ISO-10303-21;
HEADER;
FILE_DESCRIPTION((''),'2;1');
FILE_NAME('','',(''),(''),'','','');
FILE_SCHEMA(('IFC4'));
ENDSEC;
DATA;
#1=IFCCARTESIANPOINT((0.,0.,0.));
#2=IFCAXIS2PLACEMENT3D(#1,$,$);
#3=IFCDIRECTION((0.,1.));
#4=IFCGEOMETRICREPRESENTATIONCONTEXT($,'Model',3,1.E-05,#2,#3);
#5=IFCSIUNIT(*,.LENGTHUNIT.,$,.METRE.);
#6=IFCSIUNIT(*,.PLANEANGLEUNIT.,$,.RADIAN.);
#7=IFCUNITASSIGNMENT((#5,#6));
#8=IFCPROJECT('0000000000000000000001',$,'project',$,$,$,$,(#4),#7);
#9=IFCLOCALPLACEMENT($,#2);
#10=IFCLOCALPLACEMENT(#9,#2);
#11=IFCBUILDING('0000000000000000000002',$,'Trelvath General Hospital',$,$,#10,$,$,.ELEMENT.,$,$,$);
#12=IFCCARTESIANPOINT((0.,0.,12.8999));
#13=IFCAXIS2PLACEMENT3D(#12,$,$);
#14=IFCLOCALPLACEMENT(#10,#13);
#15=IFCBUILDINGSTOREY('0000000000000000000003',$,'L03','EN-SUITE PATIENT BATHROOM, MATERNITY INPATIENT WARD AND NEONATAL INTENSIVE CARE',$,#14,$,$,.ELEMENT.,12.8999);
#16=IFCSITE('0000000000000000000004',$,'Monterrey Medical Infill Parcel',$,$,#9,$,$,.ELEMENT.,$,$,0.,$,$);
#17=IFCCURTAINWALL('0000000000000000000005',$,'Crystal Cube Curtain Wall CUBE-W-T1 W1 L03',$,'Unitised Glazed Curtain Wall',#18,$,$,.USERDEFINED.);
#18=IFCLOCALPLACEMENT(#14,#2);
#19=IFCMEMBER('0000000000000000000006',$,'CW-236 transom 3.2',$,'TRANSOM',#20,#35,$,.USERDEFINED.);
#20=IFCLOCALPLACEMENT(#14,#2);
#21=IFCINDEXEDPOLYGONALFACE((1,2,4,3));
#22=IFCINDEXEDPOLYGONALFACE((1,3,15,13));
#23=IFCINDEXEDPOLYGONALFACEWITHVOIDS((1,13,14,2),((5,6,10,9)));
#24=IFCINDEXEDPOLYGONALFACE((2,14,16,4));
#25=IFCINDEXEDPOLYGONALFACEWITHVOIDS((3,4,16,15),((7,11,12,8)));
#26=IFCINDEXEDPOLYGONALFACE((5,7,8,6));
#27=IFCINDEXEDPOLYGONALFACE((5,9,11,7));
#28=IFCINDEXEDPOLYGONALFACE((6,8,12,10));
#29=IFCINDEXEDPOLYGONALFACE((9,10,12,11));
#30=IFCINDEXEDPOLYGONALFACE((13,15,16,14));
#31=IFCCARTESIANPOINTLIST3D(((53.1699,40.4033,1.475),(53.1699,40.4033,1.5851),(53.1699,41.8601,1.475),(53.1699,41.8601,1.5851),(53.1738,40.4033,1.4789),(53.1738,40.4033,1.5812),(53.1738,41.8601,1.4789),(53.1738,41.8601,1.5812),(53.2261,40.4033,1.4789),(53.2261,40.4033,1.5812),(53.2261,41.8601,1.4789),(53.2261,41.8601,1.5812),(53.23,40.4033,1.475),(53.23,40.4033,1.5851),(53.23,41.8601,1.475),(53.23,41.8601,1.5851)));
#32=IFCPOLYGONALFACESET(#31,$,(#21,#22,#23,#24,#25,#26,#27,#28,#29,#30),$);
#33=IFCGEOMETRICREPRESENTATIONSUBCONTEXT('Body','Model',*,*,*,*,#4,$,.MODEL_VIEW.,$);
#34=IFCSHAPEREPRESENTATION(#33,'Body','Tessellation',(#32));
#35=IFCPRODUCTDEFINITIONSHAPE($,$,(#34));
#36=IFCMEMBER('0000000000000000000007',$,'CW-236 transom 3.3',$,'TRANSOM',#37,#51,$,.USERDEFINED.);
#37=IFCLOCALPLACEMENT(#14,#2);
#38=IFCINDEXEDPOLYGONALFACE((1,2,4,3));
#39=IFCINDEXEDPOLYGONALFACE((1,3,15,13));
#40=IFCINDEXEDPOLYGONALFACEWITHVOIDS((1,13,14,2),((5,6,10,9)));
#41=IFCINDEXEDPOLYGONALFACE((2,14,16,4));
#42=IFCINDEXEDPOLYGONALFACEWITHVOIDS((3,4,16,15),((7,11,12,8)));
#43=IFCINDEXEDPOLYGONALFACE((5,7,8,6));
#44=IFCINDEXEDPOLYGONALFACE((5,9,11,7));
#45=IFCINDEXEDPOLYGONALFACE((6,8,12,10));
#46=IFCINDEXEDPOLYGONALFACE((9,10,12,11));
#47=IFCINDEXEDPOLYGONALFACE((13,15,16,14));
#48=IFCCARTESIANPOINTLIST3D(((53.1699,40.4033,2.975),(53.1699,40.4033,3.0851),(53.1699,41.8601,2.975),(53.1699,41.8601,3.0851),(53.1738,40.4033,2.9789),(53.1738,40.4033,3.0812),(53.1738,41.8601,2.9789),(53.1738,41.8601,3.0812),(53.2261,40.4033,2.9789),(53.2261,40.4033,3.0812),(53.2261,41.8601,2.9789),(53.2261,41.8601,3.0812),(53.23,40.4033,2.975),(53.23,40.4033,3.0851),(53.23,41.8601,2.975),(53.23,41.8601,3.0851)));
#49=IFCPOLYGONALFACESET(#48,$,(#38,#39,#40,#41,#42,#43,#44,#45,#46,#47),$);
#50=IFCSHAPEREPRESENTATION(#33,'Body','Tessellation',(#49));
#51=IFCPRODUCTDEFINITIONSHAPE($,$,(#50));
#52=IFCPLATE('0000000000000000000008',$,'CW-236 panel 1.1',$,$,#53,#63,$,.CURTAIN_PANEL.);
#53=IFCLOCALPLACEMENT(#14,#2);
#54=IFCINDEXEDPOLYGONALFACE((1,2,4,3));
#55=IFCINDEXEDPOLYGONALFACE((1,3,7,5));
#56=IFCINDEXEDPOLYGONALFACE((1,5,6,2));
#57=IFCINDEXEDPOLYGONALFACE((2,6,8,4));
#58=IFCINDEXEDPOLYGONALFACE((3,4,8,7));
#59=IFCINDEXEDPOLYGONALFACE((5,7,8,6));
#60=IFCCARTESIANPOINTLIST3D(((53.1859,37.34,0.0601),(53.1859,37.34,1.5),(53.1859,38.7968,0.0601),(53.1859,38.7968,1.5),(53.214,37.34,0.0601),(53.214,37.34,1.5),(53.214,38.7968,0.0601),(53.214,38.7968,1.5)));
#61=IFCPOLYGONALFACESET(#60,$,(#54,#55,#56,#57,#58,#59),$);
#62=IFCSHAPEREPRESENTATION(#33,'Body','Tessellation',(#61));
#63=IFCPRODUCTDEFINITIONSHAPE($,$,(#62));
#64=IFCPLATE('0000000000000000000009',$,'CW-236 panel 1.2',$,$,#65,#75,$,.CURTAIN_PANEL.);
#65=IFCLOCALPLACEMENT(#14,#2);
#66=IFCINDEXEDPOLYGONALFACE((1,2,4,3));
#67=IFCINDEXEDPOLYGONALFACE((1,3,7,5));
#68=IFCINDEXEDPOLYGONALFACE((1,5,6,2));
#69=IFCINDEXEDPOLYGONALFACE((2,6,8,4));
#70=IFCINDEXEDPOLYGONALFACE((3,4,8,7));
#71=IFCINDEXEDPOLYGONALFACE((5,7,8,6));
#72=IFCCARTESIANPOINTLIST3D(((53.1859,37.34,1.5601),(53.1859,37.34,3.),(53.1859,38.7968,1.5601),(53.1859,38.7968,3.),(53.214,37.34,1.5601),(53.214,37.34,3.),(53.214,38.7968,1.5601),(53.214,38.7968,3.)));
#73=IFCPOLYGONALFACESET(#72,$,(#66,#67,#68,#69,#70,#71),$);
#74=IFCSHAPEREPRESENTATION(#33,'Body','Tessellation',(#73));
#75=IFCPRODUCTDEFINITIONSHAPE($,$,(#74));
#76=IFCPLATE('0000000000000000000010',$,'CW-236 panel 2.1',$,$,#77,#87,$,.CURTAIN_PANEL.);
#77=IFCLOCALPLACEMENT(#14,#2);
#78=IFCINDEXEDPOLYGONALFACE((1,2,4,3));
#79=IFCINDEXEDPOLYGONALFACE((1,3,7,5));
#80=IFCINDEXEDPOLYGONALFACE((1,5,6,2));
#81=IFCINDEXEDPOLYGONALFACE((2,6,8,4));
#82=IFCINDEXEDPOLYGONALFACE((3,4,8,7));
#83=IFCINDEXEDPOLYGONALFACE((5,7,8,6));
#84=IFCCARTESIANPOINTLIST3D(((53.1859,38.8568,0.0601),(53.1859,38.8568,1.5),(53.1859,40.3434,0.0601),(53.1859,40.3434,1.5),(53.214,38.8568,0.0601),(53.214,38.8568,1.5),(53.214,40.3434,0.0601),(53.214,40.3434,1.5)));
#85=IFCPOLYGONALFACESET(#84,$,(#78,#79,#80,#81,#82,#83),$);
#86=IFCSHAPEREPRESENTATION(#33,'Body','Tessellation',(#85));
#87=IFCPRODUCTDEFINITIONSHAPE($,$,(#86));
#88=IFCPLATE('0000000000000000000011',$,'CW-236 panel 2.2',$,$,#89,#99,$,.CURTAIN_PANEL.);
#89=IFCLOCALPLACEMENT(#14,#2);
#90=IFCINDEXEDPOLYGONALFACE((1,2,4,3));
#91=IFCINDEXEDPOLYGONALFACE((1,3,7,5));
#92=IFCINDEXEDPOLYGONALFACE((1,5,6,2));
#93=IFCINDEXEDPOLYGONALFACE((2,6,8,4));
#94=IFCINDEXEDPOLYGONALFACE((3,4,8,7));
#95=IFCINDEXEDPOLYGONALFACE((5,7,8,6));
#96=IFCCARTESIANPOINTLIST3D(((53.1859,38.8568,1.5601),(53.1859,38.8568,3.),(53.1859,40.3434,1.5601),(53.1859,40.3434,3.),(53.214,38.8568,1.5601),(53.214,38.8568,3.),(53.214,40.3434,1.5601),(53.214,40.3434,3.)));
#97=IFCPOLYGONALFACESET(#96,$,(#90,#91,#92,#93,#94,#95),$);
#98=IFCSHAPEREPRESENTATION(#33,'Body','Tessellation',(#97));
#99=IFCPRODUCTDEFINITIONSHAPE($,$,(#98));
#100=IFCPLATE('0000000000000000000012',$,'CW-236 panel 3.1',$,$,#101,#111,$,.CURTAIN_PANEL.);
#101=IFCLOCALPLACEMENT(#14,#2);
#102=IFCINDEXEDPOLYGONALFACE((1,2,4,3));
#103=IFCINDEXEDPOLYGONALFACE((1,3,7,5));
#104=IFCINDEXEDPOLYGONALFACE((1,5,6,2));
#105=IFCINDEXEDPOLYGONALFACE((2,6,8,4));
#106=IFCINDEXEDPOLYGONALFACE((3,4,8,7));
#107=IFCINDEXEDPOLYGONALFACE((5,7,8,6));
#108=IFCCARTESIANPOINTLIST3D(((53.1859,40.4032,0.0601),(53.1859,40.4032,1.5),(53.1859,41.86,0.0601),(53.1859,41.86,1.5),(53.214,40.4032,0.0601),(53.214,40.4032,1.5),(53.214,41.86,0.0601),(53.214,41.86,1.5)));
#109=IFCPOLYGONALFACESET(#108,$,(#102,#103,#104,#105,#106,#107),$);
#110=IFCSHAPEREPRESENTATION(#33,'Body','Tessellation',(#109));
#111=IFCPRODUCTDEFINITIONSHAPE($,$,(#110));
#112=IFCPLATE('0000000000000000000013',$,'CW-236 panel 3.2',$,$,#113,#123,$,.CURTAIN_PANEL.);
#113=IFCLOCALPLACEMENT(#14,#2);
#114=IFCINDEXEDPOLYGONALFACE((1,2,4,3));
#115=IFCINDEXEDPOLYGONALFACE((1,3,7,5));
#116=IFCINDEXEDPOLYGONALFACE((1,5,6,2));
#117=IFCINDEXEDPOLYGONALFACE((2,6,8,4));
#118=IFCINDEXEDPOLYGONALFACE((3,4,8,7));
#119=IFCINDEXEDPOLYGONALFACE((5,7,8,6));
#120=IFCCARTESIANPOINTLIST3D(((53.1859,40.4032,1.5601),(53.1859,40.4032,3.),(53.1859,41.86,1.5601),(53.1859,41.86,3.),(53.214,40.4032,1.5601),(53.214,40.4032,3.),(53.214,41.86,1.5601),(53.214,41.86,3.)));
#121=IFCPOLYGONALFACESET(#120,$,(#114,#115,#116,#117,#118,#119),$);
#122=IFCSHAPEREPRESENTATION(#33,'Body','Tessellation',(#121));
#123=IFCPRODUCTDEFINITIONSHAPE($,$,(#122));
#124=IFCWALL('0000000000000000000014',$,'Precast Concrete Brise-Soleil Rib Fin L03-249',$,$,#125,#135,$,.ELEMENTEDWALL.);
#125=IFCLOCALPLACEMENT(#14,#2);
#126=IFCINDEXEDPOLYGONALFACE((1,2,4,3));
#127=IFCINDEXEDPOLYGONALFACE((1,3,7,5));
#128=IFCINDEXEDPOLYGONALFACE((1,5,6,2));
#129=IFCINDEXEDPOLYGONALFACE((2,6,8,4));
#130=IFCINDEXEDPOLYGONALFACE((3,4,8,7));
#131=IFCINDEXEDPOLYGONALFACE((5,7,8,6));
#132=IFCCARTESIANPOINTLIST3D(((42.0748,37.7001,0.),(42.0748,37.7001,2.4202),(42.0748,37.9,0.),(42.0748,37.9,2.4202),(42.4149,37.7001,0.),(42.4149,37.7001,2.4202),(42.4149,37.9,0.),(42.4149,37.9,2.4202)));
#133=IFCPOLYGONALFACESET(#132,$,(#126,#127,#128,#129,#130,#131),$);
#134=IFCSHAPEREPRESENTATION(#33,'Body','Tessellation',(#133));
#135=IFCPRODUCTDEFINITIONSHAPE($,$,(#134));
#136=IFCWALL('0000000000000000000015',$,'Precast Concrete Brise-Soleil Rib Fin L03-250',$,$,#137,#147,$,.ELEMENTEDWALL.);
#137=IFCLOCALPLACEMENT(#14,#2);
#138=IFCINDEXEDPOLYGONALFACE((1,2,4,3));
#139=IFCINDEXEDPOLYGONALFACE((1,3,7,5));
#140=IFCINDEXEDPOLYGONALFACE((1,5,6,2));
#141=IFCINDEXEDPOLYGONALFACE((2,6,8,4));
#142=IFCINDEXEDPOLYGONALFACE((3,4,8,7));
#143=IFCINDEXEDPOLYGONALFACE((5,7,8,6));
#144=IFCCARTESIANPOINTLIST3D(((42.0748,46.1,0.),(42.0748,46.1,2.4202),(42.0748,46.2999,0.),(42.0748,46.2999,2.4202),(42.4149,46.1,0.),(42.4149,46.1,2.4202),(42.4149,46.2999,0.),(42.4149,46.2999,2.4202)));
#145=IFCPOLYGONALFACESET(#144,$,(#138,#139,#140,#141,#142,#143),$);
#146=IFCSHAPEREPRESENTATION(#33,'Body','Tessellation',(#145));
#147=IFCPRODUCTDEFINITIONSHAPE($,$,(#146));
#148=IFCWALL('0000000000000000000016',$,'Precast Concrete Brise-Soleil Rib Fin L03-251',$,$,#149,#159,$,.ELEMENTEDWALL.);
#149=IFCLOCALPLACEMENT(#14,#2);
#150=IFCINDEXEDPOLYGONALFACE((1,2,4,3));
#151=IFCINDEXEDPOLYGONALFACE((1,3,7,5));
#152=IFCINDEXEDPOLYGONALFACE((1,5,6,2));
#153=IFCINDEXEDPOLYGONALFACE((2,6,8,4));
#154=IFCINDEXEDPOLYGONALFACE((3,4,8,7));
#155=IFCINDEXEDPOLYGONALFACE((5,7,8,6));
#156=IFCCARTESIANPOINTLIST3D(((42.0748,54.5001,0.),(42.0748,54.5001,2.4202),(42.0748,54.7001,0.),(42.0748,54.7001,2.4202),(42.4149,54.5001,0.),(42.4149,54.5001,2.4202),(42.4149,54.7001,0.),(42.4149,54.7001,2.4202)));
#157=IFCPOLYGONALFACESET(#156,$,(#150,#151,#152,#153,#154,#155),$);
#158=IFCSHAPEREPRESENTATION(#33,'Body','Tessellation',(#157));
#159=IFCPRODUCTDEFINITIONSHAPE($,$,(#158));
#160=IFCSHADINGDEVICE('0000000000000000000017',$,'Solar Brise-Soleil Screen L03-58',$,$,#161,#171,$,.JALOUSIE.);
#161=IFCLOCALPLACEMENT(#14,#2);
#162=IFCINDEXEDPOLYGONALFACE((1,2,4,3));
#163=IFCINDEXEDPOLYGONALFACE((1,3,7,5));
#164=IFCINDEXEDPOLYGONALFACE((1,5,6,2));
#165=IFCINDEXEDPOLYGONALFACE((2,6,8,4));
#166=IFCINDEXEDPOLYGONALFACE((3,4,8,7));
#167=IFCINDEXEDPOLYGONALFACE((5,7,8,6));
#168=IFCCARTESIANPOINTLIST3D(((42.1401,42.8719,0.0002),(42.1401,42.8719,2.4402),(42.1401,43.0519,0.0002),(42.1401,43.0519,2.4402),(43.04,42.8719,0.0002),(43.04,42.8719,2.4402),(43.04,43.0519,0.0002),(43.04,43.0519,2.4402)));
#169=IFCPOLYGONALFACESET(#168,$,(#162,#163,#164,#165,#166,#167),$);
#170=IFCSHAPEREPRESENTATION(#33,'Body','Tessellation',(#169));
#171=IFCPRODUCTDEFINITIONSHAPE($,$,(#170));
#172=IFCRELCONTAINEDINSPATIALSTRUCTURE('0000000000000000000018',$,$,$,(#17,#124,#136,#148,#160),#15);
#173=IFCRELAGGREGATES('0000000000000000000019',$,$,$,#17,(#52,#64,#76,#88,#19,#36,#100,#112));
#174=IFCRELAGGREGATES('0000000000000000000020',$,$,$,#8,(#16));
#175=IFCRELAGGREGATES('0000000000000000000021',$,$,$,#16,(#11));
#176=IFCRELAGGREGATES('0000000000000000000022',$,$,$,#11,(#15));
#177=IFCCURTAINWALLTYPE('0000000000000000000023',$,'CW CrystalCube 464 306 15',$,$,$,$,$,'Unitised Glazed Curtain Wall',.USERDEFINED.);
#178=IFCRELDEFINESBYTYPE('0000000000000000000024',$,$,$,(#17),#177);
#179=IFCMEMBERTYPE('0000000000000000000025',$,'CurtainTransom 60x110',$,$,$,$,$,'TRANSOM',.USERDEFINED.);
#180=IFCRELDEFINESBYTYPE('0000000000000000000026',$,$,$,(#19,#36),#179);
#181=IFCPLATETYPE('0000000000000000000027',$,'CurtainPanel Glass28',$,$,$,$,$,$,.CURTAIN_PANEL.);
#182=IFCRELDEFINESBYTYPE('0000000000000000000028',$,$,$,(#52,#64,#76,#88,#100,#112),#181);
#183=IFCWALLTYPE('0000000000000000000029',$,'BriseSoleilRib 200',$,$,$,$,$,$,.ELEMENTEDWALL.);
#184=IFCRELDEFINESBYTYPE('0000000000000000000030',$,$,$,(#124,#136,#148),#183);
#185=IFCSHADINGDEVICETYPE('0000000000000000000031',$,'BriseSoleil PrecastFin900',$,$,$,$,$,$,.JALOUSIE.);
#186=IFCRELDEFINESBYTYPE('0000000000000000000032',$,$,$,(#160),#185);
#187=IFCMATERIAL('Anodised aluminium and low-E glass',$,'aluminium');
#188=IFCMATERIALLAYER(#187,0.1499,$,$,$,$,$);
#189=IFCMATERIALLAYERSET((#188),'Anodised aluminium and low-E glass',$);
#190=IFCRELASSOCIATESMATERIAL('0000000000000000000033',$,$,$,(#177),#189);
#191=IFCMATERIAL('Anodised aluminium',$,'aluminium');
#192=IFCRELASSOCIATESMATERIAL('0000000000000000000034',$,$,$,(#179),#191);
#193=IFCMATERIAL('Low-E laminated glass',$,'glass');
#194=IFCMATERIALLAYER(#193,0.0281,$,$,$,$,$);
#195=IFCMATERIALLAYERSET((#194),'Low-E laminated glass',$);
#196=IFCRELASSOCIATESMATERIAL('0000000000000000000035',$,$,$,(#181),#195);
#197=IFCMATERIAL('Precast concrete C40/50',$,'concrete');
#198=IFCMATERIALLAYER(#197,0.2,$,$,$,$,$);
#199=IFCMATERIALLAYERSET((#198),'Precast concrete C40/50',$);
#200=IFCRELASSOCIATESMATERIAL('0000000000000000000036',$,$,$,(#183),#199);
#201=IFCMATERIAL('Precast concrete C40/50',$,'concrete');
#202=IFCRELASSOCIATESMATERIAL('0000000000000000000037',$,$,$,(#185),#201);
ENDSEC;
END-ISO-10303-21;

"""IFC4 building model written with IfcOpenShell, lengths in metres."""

from ifc_helpers import new_model, si_unit, direction, frame, frame_2d, origin, origin_2d, place, context, subcontext, project, spatial, rectangle, hollow_rectangle, extrude, material, layer, layer_set, material_profile, profile_set, type_object, element, aggregate, save


model = new_model("IFC4")

# Units and contexts
model_context = context("Model", 3, precision=1e-05, world=origin(), true_north=direction((0.0, 1.0)))
body_context = subcontext(model_context, "Body", "Model", "MODEL_VIEW")
ifc_project = project(units=[si_unit("LENGTHUNIT", "METRE"), si_unit("PLANEANGLEUNIT", "RADIAN")], contexts=[model_context])

# Site, building, storey
site_placement = place(None, origin())
site = spatial("IfcSite", under=ifc_project, at=site_placement, Name="Monterrey Medical Infill Parcel", CompositionType="ELEMENT", RefElevation=0.0)
building_placement = place(site_placement, origin())
building = spatial("IfcBuilding", under=site, at=building_placement, Name="Trelvath General Hospital", CompositionType="ELEMENT")
storey_placement = place(building_placement, frame((0.0, 0.0, 12.8999)))
storey = spatial("IfcBuildingStorey", under=building, at=storey_placement, Name="L03", Description="EN-SUITE PATIENT BATHROOM, MATERNITY INPATIENT WARD AND NEONATAL INTENSIVE CARE", CompositionType="ELEMENT", Elevation=12.8999)

# Curtain wall, members, plates
ifc_material_1 = material(Name="Anodised aluminium and low-E glass", Category="aluminium")
ifc_layer_1 = layer(ifc_material_1, 0.1499)
ifc_layer_set_1 = layer_set([ifc_layer_1], Name="Anodised aluminium and low-E glass")
curtain_wall_type = type_object("IfcCurtainWallType", Name="CW CrystalCube 464 306 15", ElementType="Unitised Glazed Curtain Wall", PredefinedType="USERDEFINED", material=ifc_layer_set_1)
curtain_wall_placement = place(storey_placement, origin())
curtain_wall = element("IfcCurtainWall", 1, at=curtain_wall_placement, inside=storey, type_object=curtain_wall_type, Name="Crystal Cube Curtain Wall CUBE-W-T1 W1 L03", ObjectType="Unitised Glazed Curtain Wall", PredefinedType="USERDEFINED")
ifc_material_2 = material(Name="Anodised aluminium", Category="aluminium")
ifc_material_profile_1 = material_profile(ifc_material_2, hollow_rectangle(XDim=0.0601, YDim=0.1101, WallThickness=0.0039, at=origin_2d()), Name="RHS60x110x4")
ifc_profile_set_1 = profile_set([ifc_material_profile_1], Name="Anodised aluminium")
member_type_1 = type_object("IfcMemberType", Name="CurtainTransom 60x110", ElementType="TRANSOM", PredefinedType="USERDEFINED", material=ifc_profile_set_1)
member_1_placement = place(storey_placement, frame((53.2, 40.4033, 1.53), z_axis=(0.0, 1.0, 0.0), x_axis=(-1.0, 0.0, 0.0)))
member_1 = element("IfcMember", 2, at=member_1_placement, type_object=member_type_1, Name="CW-236 transom 3.2", ObjectType="TRANSOM", PredefinedType="USERDEFINED", context=body_context, shape_type="SweptSolid", body=[
    extrude(hollow_rectangle(XDim=0.0601, YDim=0.1101, WallThickness=0.0039, at=origin_2d()), origin(), (0.0, 0.0, 1.0), 1.4568),
])
member_2_placement = place(storey_placement, frame((53.2, 40.4033, 3.03), z_axis=(0.0, 1.0, 0.0), x_axis=(-1.0, 0.0, 0.0)))
member_2 = element("IfcMember", 3, at=member_2_placement, type_object=member_type_1, Name="CW-236 transom 3.3", ObjectType="TRANSOM", PredefinedType="USERDEFINED", context=body_context, shape_type="SweptSolid", body=[
    extrude(hollow_rectangle(XDim=0.0601, YDim=0.1101, WallThickness=0.0039, at=origin_2d()), origin(), (0.0, 0.0, 1.0), 1.4568),
])
ifc_material_3 = material(Name="Low-E laminated glass", Category="glass")
ifc_layer_2 = layer(ifc_material_3, 0.0281)
ifc_layer_set_2 = layer_set([ifc_layer_2], Name="Low-E laminated glass")
plate_type = type_object("IfcPlateType", Name="CurtainPanel Glass28", PredefinedType="CURTAIN_PANEL", material=ifc_layer_set_2)
plate_1_placement = place(storey_placement, frame((53.2, 38.0684, 0.0601), z_axis=(0.0, 0.0, 1.0), x_axis=(0.0, 1.0, 0.0)))
plate_1 = element("IfcPlate", 4, at=plate_1_placement, type_object=plate_type, Name="CW-236 panel 1.1", PredefinedType="CURTAIN_PANEL", context=body_context, shape_type="SweptSolid", body=[
    extrude(rectangle(XDim=1.4568, YDim=0.0281, at=origin_2d()), origin(), (0.0, 0.0, 1.0), 1.4399),
])
plate_2_placement = place(storey_placement, frame((53.2, 38.0684, 1.5601), z_axis=(0.0, 0.0, 1.0), x_axis=(0.0, 1.0, 0.0)))
plate_2 = element("IfcPlate", 5, at=plate_2_placement, type_object=plate_type, Name="CW-236 panel 1.2", PredefinedType="CURTAIN_PANEL", context=body_context, shape_type="SweptSolid", body=[
    extrude(rectangle(XDim=1.4568, YDim=0.0281, at=origin_2d()), origin(), (0.0, 0.0, 1.0), 1.4399),
])
plate_3_placement = place(storey_placement, frame((53.2, 39.6001, 0.0601), z_axis=(0.0, 0.0, 1.0), x_axis=(0.0, 1.0, 0.0)))
plate_3 = element("IfcPlate", 6, at=plate_3_placement, type_object=plate_type, Name="CW-236 panel 2.1", PredefinedType="CURTAIN_PANEL", context=body_context, shape_type="SweptSolid", body=[
    extrude(rectangle(XDim=1.4866, YDim=0.0281, at=origin_2d()), origin(), (0.0, 0.0, 1.0), 1.4399),
])
plate_4_placement = place(storey_placement, frame((53.2, 39.6001, 1.5601), z_axis=(0.0, 0.0, 1.0), x_axis=(0.0, 1.0, 0.0)))
plate_4 = element("IfcPlate", 7, at=plate_4_placement, type_object=plate_type, Name="CW-236 panel 2.2", PredefinedType="CURTAIN_PANEL", context=body_context, shape_type="SweptSolid", body=[
    extrude(rectangle(XDim=1.4866, YDim=0.0281, at=origin_2d()), origin(), (0.0, 0.0, 1.0), 1.4399),
])
plate_5_placement = place(storey_placement, frame((53.2, 41.1316, 0.0601), z_axis=(0.0, 0.0, 1.0), x_axis=(0.0, 1.0, 0.0)))
plate_5 = element("IfcPlate", 8, at=plate_5_placement, type_object=plate_type, Name="CW-236 panel 3.1", PredefinedType="CURTAIN_PANEL", context=body_context, shape_type="SweptSolid", body=[
    extrude(rectangle(XDim=1.4568, YDim=0.0281, at=origin_2d()), origin(), (0.0, 0.0, 1.0), 1.4399),
])
plate_6_placement = place(storey_placement, frame((53.2, 41.1316, 1.5601), z_axis=(0.0, 0.0, 1.0), x_axis=(0.0, 1.0, 0.0)))
plate_6 = element("IfcPlate", 9, at=plate_6_placement, type_object=plate_type, Name="CW-236 panel 3.2", PredefinedType="CURTAIN_PANEL", context=body_context, shape_type="SweptSolid", body=[
    extrude(rectangle(XDim=1.4568, YDim=0.0281, at=origin_2d()), origin(), (0.0, 0.0, 1.0), 1.4399),
])
aggregate(curtain_wall, [plate_1, plate_2, plate_3, plate_4, member_1, member_2, plate_5, plate_6])

# Walls
ifc_material_4 = material(Name="Precast concrete C40/50", Category="concrete")
ifc_layer_3 = layer(ifc_material_4, 0.2)
ifc_layer_set_3 = layer_set([ifc_layer_3], Name="Precast concrete C40/50")
wall_type = type_object("IfcWallType", Name="BriseSoleilRib 200", PredefinedType="ELEMENTEDWALL", material=ifc_layer_set_3)
for number, where, z_axis, x_axis, name in (
    (10, (42.075, 37.8, 0.0), (0.0, 0.0, 1.0), (1.0, 0.0, 0.0), "Precast Concrete Brise-Soleil Rib Fin L03-249"),
    (11, (42.075, 46.2, 0.0), (0.0, 0.0, 1.0), (1.0, 0.0, 0.0), "Precast Concrete Brise-Soleil Rib Fin L03-250"),
    (12, (42.075, 54.6001, 0.0), (0.0, 0.0, 1.0), (1.0, 0.0, 0.0), "Precast Concrete Brise-Soleil Rib Fin L03-251"),
):
    element("IfcWall", number, at=place(storey_placement, frame(where, z_axis=z_axis, x_axis=x_axis)), inside=storey, type_object=wall_type, Name=name, PredefinedType="ELEMENTEDWALL", context=body_context, shape_type="SweptSolid", body=[
        extrude(rectangle(XDim=0.3401, YDim=0.2, at=frame_2d((0.1699, 0.0))), origin(), (0.0, 0.0, 1.0), 2.4202),
    ])

# Shading device
ifc_material_5 = material(Name="Precast concrete C40/50", Category="concrete")
shading_device_type = type_object("IfcShadingDeviceType", Name="BriseSoleil PrecastFin900", PredefinedType="JALOUSIE", material=ifc_material_5)
shading_device_placement = place(storey_placement, frame((42.5901, 42.9619, 0.0002), z_axis=(0.0, 0.0, 1.0), x_axis=(1.0, 0.0, 0.0)))
element("IfcShadingDevice", 13, at=shading_device_placement, inside=storey, type_object=shading_device_type, Name="Solar Brise-Soleil Screen L03-58", PredefinedType="JALOUSIE", context=body_context, shape_type="SweptSolid", body=[
    extrude(rectangle(XDim=0.8999, YDim=0.1799, at=origin_2d()), origin(), (0.0, 0.0, 1.0), 2.4399),
])

save(model, "model.ifc")
